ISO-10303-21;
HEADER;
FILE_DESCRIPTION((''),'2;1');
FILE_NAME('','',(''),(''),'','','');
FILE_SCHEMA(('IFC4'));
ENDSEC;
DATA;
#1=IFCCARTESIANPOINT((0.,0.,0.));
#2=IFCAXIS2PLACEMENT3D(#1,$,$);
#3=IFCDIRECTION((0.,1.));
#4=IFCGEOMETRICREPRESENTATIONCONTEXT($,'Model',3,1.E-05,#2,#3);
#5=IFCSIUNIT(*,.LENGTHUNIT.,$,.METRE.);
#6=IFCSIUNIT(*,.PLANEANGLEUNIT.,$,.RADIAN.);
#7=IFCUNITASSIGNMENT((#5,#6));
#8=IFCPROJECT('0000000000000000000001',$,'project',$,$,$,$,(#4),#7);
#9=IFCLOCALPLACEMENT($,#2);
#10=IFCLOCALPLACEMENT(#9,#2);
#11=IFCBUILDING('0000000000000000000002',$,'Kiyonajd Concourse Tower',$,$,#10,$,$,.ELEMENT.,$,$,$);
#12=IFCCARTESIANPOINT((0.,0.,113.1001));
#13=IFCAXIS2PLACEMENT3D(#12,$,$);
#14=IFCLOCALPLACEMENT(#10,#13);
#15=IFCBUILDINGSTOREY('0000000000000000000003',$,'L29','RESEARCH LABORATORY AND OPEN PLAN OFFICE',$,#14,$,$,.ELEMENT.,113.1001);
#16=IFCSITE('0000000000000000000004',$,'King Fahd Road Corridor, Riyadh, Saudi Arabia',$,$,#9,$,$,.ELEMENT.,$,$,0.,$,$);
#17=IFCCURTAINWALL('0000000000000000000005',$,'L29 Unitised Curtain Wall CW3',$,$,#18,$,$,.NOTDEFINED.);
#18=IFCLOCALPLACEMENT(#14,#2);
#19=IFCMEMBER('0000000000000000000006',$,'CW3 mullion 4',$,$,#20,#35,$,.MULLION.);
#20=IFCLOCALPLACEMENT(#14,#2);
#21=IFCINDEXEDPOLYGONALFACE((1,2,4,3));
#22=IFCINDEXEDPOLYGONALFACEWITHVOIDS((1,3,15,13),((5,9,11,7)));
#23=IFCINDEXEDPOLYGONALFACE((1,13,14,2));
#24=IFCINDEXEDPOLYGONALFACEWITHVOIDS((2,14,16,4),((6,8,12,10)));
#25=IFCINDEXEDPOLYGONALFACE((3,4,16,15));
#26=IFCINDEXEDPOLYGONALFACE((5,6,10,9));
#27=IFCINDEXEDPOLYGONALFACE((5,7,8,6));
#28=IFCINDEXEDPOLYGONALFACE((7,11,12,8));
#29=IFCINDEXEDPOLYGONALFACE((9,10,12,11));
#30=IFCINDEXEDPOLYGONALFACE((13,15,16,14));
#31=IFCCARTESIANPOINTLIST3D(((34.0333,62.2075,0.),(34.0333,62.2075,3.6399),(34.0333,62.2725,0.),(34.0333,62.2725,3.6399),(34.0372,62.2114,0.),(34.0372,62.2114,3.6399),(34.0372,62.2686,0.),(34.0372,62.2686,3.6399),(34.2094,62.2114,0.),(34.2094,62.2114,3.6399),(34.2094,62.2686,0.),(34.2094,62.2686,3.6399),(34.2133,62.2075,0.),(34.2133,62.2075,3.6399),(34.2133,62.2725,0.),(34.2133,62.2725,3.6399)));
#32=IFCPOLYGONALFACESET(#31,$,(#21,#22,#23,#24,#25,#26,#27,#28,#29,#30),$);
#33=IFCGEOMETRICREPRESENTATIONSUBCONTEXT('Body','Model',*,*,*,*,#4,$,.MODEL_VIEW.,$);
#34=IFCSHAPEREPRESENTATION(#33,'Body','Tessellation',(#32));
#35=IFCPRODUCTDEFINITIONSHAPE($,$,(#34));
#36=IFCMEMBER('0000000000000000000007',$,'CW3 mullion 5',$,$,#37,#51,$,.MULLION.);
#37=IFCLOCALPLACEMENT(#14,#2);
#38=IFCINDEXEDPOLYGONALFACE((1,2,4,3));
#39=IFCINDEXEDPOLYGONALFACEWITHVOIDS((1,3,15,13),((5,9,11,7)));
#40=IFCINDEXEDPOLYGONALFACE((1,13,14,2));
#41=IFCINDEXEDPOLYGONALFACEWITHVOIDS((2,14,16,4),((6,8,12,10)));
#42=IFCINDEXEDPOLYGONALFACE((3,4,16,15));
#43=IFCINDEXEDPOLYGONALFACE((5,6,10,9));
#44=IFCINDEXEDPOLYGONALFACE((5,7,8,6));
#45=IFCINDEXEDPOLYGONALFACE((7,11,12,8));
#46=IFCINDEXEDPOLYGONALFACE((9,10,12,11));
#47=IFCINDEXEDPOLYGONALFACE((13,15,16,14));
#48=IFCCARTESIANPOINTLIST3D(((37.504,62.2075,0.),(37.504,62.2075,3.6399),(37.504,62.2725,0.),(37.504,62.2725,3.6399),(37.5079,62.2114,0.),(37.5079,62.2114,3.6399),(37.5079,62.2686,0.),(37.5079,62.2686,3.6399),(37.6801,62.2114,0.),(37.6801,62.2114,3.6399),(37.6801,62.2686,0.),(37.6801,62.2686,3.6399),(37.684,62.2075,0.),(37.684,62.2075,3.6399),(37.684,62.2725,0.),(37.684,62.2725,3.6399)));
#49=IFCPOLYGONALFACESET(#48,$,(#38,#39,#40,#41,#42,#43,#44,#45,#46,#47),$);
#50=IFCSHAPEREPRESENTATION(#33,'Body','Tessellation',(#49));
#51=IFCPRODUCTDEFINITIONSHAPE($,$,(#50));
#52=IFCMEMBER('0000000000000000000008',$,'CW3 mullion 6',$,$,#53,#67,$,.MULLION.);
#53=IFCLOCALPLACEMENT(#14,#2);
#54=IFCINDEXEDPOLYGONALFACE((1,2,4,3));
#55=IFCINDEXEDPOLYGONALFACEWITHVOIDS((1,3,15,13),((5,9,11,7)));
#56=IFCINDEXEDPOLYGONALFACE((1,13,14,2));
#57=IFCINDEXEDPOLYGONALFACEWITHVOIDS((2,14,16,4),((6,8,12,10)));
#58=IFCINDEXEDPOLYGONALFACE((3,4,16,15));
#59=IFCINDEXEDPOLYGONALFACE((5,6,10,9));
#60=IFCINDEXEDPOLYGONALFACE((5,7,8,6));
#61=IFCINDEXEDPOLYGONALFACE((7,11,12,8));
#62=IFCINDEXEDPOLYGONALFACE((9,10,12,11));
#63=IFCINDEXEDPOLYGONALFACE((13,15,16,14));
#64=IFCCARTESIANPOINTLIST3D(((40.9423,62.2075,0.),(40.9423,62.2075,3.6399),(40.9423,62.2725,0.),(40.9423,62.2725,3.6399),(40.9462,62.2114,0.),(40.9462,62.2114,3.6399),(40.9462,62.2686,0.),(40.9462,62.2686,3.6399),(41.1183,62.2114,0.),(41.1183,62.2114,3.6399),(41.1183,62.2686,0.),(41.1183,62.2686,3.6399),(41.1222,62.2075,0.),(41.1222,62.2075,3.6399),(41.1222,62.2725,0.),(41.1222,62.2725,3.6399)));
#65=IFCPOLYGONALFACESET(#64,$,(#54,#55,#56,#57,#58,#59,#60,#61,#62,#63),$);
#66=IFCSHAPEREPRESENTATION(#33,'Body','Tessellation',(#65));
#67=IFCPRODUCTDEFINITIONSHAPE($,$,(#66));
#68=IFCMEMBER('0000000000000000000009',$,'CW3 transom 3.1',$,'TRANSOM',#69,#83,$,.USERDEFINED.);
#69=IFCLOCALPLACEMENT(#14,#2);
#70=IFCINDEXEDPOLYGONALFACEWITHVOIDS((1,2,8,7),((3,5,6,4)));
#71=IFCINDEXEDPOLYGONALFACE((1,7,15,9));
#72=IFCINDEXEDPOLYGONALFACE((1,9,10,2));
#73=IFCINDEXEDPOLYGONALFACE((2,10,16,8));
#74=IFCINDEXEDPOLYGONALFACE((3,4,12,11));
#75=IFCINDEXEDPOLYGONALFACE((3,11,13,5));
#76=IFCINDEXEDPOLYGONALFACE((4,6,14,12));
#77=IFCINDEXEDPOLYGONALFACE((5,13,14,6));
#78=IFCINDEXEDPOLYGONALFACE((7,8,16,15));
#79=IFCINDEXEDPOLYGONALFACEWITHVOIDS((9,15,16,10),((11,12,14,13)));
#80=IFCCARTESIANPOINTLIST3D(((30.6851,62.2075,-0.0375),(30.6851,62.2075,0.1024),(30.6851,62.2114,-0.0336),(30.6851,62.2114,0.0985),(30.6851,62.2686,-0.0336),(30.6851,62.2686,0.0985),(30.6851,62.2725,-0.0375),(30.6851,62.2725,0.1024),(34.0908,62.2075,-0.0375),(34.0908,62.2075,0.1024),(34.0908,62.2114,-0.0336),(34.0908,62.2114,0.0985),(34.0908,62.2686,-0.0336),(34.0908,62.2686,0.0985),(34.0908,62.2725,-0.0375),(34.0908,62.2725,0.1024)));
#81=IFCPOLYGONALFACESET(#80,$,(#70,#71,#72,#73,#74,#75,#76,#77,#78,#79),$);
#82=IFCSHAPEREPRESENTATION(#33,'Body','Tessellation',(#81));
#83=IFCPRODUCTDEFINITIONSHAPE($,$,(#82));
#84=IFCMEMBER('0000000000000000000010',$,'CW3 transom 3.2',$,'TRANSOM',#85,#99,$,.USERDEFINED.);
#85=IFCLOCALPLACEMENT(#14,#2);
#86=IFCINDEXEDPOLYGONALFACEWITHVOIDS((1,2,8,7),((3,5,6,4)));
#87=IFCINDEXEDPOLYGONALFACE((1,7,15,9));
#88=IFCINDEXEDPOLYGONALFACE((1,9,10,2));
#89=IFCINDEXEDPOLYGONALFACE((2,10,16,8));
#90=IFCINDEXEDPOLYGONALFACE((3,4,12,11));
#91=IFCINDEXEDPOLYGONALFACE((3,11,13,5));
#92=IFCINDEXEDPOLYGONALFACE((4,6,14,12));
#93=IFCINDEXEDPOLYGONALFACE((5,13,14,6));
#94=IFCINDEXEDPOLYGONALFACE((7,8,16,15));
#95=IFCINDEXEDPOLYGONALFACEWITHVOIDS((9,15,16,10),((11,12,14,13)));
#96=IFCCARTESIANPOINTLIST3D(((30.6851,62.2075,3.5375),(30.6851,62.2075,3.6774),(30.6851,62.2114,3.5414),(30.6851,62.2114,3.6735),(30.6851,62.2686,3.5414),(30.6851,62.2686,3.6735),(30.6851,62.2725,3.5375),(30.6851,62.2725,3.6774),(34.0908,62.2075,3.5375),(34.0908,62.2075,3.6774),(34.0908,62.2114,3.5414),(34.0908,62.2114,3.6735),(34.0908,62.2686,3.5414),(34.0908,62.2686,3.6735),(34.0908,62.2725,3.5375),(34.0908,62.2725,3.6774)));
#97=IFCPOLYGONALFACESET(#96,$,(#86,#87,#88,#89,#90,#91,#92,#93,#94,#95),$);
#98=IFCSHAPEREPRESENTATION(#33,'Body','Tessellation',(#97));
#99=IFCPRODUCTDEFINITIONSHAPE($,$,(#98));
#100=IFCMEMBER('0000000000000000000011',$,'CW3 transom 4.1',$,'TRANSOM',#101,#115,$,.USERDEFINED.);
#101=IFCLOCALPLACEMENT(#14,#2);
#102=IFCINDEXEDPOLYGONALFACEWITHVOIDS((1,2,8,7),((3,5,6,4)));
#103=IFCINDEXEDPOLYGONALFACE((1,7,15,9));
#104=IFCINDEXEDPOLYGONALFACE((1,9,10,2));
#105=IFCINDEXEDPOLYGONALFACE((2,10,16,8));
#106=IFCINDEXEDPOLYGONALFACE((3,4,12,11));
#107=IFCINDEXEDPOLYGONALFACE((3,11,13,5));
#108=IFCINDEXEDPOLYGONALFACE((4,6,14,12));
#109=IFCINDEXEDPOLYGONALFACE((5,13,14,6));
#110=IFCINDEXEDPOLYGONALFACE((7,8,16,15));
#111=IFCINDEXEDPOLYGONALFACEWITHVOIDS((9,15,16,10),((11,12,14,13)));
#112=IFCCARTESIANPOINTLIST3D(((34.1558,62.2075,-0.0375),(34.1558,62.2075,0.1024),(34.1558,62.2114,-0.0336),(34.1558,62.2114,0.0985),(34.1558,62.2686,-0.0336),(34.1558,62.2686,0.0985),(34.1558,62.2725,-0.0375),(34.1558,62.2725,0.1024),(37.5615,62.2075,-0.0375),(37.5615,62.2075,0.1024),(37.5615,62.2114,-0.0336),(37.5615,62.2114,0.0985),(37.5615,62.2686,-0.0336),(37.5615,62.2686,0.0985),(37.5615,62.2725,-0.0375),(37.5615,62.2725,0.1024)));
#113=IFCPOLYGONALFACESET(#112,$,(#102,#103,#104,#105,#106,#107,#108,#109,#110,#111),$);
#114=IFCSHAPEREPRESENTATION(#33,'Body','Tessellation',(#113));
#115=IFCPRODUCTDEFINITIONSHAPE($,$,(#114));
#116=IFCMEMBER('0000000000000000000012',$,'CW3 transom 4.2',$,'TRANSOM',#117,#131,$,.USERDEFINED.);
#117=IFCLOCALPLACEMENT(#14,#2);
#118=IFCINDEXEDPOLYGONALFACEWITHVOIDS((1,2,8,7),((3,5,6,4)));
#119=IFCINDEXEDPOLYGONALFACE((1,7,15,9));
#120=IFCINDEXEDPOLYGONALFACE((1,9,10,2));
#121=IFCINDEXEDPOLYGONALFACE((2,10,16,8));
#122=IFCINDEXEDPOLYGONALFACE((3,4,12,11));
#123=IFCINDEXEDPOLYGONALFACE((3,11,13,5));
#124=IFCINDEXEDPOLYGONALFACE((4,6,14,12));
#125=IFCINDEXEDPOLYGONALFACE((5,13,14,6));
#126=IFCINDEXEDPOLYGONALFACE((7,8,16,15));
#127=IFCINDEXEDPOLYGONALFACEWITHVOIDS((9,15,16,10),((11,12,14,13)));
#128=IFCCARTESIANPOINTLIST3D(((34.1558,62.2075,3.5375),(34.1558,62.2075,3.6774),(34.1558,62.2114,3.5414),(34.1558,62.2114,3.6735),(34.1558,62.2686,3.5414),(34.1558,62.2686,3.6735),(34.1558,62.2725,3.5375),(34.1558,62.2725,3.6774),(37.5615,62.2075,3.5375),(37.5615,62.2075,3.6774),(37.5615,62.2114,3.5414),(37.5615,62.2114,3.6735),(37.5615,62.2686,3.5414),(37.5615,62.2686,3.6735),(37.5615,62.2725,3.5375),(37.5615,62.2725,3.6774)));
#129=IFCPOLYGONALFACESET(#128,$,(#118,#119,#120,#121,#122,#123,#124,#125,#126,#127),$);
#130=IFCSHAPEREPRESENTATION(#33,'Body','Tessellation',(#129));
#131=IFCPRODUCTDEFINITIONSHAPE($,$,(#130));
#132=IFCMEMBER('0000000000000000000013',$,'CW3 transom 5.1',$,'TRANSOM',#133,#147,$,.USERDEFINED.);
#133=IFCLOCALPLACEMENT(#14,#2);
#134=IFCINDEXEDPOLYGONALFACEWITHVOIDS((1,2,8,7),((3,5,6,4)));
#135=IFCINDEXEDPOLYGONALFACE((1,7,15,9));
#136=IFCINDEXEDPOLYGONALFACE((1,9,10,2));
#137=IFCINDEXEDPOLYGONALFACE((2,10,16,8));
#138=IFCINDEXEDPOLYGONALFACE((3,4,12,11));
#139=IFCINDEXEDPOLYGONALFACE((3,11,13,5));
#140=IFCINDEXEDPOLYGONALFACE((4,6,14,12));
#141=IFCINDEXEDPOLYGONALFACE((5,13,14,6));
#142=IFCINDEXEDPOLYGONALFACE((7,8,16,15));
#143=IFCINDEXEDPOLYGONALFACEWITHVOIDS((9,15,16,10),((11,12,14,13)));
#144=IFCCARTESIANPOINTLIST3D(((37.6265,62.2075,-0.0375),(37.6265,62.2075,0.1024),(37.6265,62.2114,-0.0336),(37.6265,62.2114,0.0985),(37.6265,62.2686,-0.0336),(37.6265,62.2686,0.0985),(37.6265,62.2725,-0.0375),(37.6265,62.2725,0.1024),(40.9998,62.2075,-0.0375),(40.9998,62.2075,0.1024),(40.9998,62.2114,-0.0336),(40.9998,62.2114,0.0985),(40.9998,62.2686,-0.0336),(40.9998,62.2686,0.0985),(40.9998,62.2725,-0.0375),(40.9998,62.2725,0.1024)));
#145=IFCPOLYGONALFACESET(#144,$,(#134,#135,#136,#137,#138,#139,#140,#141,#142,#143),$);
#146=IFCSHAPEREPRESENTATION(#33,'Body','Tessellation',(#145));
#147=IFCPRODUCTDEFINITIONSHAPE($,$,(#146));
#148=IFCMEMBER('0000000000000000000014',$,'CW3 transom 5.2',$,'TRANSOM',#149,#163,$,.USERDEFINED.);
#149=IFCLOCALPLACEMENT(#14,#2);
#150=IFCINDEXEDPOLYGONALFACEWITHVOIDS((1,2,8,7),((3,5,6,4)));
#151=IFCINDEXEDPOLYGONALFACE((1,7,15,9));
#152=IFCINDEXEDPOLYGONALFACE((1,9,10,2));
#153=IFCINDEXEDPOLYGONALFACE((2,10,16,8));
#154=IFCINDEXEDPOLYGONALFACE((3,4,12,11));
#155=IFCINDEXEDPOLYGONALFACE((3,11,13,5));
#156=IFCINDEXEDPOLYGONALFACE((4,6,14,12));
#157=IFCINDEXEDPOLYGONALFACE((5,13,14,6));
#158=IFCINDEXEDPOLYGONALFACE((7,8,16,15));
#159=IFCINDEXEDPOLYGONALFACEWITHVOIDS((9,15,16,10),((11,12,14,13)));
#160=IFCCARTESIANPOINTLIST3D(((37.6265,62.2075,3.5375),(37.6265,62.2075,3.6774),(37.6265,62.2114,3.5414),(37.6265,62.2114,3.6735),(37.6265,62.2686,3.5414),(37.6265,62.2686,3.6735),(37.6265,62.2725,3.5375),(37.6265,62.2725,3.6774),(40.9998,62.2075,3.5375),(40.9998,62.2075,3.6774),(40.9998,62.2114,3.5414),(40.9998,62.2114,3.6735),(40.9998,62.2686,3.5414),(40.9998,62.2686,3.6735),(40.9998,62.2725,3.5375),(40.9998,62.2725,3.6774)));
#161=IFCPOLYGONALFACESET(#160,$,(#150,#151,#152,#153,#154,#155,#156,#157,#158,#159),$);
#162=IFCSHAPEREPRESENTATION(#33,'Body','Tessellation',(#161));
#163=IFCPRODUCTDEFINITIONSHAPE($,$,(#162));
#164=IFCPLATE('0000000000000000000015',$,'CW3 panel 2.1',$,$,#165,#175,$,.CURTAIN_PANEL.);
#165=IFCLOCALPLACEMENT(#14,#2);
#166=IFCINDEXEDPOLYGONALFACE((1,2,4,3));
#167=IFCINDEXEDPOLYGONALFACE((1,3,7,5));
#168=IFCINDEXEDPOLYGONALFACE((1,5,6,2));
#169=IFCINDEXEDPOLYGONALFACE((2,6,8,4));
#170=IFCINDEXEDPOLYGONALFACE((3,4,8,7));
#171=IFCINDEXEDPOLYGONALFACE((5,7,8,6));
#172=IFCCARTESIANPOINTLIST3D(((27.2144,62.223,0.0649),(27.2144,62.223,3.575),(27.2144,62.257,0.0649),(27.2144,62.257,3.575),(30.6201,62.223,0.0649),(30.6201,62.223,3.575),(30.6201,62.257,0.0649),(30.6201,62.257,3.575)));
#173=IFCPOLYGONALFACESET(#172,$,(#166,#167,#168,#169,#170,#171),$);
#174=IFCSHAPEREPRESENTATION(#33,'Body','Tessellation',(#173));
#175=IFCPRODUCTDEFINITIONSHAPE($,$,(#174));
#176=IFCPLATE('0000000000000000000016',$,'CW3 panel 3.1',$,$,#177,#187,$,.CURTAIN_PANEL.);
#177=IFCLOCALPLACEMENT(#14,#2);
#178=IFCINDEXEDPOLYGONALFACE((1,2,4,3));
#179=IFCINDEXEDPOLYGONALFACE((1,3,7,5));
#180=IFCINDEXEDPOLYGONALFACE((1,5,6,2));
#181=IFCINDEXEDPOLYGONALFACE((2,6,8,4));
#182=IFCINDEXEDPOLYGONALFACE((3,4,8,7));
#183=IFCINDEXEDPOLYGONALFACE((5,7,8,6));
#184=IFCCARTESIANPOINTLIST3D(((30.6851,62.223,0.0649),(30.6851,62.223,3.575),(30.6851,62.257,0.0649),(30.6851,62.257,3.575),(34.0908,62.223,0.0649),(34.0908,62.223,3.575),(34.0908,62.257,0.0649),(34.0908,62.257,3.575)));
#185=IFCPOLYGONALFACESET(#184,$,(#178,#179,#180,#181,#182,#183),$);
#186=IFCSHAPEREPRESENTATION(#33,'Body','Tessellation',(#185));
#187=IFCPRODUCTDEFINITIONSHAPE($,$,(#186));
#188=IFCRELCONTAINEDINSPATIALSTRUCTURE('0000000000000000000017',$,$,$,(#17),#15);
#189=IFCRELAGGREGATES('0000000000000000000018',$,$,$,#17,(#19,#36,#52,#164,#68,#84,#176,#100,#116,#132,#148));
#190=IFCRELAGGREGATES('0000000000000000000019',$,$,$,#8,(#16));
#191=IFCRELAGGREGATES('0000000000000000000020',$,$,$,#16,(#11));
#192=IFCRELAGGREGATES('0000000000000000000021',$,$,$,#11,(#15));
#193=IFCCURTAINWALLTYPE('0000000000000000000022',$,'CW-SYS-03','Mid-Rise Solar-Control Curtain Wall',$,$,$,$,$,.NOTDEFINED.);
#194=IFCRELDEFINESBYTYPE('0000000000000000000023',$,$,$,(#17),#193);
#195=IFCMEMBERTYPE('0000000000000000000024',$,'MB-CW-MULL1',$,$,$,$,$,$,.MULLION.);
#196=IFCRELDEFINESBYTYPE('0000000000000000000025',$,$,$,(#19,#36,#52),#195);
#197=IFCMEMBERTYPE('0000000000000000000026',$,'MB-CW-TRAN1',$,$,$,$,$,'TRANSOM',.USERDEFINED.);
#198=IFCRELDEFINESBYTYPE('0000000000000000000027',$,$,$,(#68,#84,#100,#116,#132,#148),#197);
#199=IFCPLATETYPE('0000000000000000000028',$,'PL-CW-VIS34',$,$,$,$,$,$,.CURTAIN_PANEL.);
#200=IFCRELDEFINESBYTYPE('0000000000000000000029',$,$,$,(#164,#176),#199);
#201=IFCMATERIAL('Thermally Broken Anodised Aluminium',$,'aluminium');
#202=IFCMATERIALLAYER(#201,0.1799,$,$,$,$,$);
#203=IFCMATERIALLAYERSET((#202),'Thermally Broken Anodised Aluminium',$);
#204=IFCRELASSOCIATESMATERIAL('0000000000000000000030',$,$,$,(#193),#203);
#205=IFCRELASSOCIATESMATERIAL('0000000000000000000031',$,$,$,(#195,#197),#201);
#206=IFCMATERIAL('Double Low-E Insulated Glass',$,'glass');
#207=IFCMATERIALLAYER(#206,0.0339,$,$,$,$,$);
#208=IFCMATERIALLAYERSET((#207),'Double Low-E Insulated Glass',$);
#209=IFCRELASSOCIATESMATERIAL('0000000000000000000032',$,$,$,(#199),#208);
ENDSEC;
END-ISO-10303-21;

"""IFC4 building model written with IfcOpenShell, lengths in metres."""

from ifc_helpers import new_model, si_unit, direction, frame, origin, origin_2d, place, context, subcontext, project, spatial, rectangle, hollow_rectangle, extrude, material, layer, layer_set, material_profile, profile_set, type_object, element, aggregate, save


model = new_model("IFC4")

# Units and contexts
model_context = context("Model", 3, precision=1e-05, world=origin(), true_north=direction((0.0, 1.0)))
body_context = subcontext(model_context, "Body", "Model", "MODEL_VIEW")
ifc_project = project(units=[si_unit("LENGTHUNIT", "METRE"), si_unit("PLANEANGLEUNIT", "RADIAN")], contexts=[model_context])

# Site, building, storey
site_placement = place(None, origin())
site = spatial("IfcSite", under=ifc_project, at=site_placement, Name="King Fahd Road Corridor, Riyadh, Saudi Arabia", CompositionType="ELEMENT", RefElevation=0.0)
building_placement = place(site_placement, origin())
building = spatial("IfcBuilding", under=site, at=building_placement, Name="Kiyonajd Concourse Tower", CompositionType="ELEMENT")
storey_placement = place(building_placement, frame((0.0, 0.0, 113.1001)))
storey = spatial("IfcBuildingStorey", under=building, at=storey_placement, Name="L29", Description="RESEARCH LABORATORY AND OPEN PLAN OFFICE", CompositionType="ELEMENT", Elevation=113.1001)

# Curtain wall, members, plates
ifc_material_1 = material(Name="Thermally Broken Anodised Aluminium", Category="aluminium")
ifc_layer_1 = layer(ifc_material_1, 0.1799)
ifc_layer_set_1 = layer_set([ifc_layer_1], Name="Thermally Broken Anodised Aluminium")
curtain_wall_type = type_object("IfcCurtainWallType", Name="CW-SYS-03", Description="Mid-Rise Solar-Control Curtain Wall", PredefinedType="NOTDEFINED", material=ifc_layer_set_1)
curtain_wall_placement = place(storey_placement, origin())
curtain_wall = element("IfcCurtainWall", 1, at=curtain_wall_placement, inside=storey, type_object=curtain_wall_type, Name="L29 Unitised Curtain Wall CW3", PredefinedType="NOTDEFINED")
ifc_material_profile_1 = material_profile(ifc_material_1, hollow_rectangle(XDim=0.0649, YDim=0.1799, WallThickness=0.0039, at=origin_2d()), Name="MULL-65x180")
ifc_profile_set_1 = profile_set([ifc_material_profile_1], Name="Thermally Broken Anodised Aluminium")
member_type_1 = type_object("IfcMemberType", Name="MB-CW-MULL1", PredefinedType="MULLION", material=ifc_profile_set_1)
member_1_placement = place(storey_placement, frame((34.1233, 62.24, 0.0), z_axis=(0.0, 0.0, 1.0), x_axis=(0.0, 1.0, 0.0)))
member_1 = element("IfcMember", 2, at=member_1_placement, type_object=member_type_1, Name="CW3 mullion 4", PredefinedType="MULLION", context=body_context, shape_type="SweptSolid", body=[
    extrude(hollow_rectangle(XDim=0.0649, YDim=0.1799, WallThickness=0.0039, at=origin_2d()), origin(), (0.0, 0.0, 1.0), 3.6399),
])
member_2_placement = place(storey_placement, frame((37.594, 62.24, 0.0), z_axis=(0.0, 0.0, 1.0), x_axis=(0.0, 1.0, 0.0)))
member_2 = element("IfcMember", 3, at=member_2_placement, type_object=member_type_1, Name="CW3 mullion 5", PredefinedType="MULLION", context=body_context, shape_type="SweptSolid", body=[
    extrude(hollow_rectangle(XDim=0.0649, YDim=0.1799, WallThickness=0.0039, at=origin_2d()), origin(), (0.0, 0.0, 1.0), 3.6399),
])
member_3_placement = place(storey_placement, frame((41.0322, 62.24, 0.0), z_axis=(0.0, 0.0, 1.0), x_axis=(0.0, 1.0, 0.0)))
member_3 = element("IfcMember", 4, at=member_3_placement, type_object=member_type_1, Name="CW3 mullion 6", PredefinedType="MULLION", context=body_context, shape_type="SweptSolid", body=[
    extrude(hollow_rectangle(XDim=0.0649, YDim=0.1799, WallThickness=0.0039, at=origin_2d()), origin(), (0.0, 0.0, 1.0), 3.6399),
])
ifc_material_profile_2 = material_profile(ifc_material_1, hollow_rectangle(XDim=0.0649, YDim=0.1399, WallThickness=0.0039, at=origin_2d()), Name="TRAN-65x140")
ifc_profile_set_2 = profile_set([ifc_material_profile_2], Name="Thermally Broken Anodised Aluminium")
member_type_2 = type_object("IfcMemberType", Name="MB-CW-TRAN1", ElementType="TRANSOM", PredefinedType="USERDEFINED", material=ifc_profile_set_2)
member_4_placement = place(storey_placement, frame((30.6851, 62.24, 0.0325), z_axis=(1.0, 0.0, 0.0), x_axis=(0.0, 1.0, 0.0)))
member_4 = element("IfcMember", 5, at=member_4_placement, type_object=member_type_2, Name="CW3 transom 3.1", ObjectType="TRANSOM", PredefinedType="USERDEFINED", context=body_context, shape_type="SweptSolid", body=[
    extrude(hollow_rectangle(XDim=0.0649, YDim=0.1399, WallThickness=0.0039, at=origin_2d()), origin(), (0.0, 0.0, 1.0), 3.4058),
])
member_5_placement = place(storey_placement, frame((30.6851, 62.24, 3.6074), z_axis=(1.0, 0.0, 0.0), x_axis=(0.0, 1.0, 0.0)))
member_5 = element("IfcMember", 6, at=member_5_placement, type_object=member_type_2, Name="CW3 transom 3.2", ObjectType="TRANSOM", PredefinedType="USERDEFINED", context=body_context, shape_type="SweptSolid", body=[
    extrude(hollow_rectangle(XDim=0.0649, YDim=0.1399, WallThickness=0.0039, at=origin_2d()), origin(), (0.0, 0.0, 1.0), 3.4058),
])
member_6_placement = place(storey_placement, frame((34.1558, 62.24, 0.0325), z_axis=(1.0, 0.0, 0.0), x_axis=(0.0, 1.0, 0.0)))
member_6 = element("IfcMember", 7, at=member_6_placement, type_object=member_type_2, Name="CW3 transom 4.1", ObjectType="TRANSOM", PredefinedType="USERDEFINED", context=body_context, shape_type="SweptSolid", body=[
    extrude(hollow_rectangle(XDim=0.0649, YDim=0.1399, WallThickness=0.0039, at=origin_2d()), origin(), (0.0, 0.0, 1.0), 3.4058),
])
member_7_placement = place(storey_placement, frame((34.1558, 62.24, 3.6074), z_axis=(1.0, 0.0, 0.0), x_axis=(0.0, 1.0, 0.0)))
member_7 = element("IfcMember", 8, at=member_7_placement, type_object=member_type_2, Name="CW3 transom 4.2", ObjectType="TRANSOM", PredefinedType="USERDEFINED", context=body_context, shape_type="SweptSolid", body=[
    extrude(hollow_rectangle(XDim=0.0649, YDim=0.1399, WallThickness=0.0039, at=origin_2d()), origin(), (0.0, 0.0, 1.0), 3.4058),
])
member_8_placement = place(storey_placement, frame((37.6265, 62.24, 0.0325), z_axis=(1.0, 0.0, 0.0), x_axis=(0.0, 1.0, 0.0)))
member_8 = element("IfcMember", 9, at=member_8_placement, type_object=member_type_2, Name="CW3 transom 5.1", ObjectType="TRANSOM", PredefinedType="USERDEFINED", context=body_context, shape_type="SweptSolid", body=[
    extrude(hollow_rectangle(XDim=0.0649, YDim=0.1399, WallThickness=0.0039, at=origin_2d()), origin(), (0.0, 0.0, 1.0), 3.3733),
])
member_9_placement = place(storey_placement, frame((37.6265, 62.24, 3.6074), z_axis=(1.0, 0.0, 0.0), x_axis=(0.0, 1.0, 0.0)))
member_9 = element("IfcMember", 10, at=member_9_placement, type_object=member_type_2, Name="CW3 transom 5.2", ObjectType="TRANSOM", PredefinedType="USERDEFINED", context=body_context, shape_type="SweptSolid", body=[
    extrude(hollow_rectangle(XDim=0.0649, YDim=0.1399, WallThickness=0.0039, at=origin_2d()), origin(), (0.0, 0.0, 1.0), 3.3733),
])
ifc_material_2 = material(Name="Double Low-E Insulated Glass", Category="glass")
ifc_layer_2 = layer(ifc_material_2, 0.0339)
ifc_layer_set_2 = layer_set([ifc_layer_2], Name="Double Low-E Insulated Glass")
plate_type_1 = type_object("IfcPlateType", Name="PL-CW-VIS34", PredefinedType="CURTAIN_PANEL", material=ifc_layer_set_2)
plate_1_placement = place(storey_placement, frame((28.9172, 62.24, 0.0649), z_axis=(0.0, 0.0, 1.0), x_axis=(1.0, 0.0, 0.0)))
plate_1 = element("IfcPlate", 11, at=plate_1_placement, type_object=plate_type_1, Name="CW3 panel 2.1", PredefinedType="CURTAIN_PANEL", context=body_context, shape_type="SweptSolid", body=[
    extrude(rectangle(XDim=3.4058, YDim=0.0339, at=origin_2d()), origin(), (0.0, 0.0, 1.0), 3.51),
])
plate_2_placement = place(storey_placement, frame((32.3879, 62.24, 0.0649), z_axis=(0.0, 0.0, 1.0), x_axis=(1.0, 0.0, 0.0)))
plate_2 = element("IfcPlate", 12, at=plate_2_placement, type_object=plate_type_1, Name="CW3 panel 3.1", PredefinedType="CURTAIN_PANEL", context=body_context, shape_type="SweptSolid", body=[
    extrude(rectangle(XDim=3.4058, YDim=0.0339, at=origin_2d()), origin(), (0.0, 0.0, 1.0), 3.51),
])
aggregate(curtain_wall, [member_1, member_2, member_3, plate_1, member_4, member_5, plate_2, member_6, member_7, member_8, member_9])

save(model, "model.ifc")
